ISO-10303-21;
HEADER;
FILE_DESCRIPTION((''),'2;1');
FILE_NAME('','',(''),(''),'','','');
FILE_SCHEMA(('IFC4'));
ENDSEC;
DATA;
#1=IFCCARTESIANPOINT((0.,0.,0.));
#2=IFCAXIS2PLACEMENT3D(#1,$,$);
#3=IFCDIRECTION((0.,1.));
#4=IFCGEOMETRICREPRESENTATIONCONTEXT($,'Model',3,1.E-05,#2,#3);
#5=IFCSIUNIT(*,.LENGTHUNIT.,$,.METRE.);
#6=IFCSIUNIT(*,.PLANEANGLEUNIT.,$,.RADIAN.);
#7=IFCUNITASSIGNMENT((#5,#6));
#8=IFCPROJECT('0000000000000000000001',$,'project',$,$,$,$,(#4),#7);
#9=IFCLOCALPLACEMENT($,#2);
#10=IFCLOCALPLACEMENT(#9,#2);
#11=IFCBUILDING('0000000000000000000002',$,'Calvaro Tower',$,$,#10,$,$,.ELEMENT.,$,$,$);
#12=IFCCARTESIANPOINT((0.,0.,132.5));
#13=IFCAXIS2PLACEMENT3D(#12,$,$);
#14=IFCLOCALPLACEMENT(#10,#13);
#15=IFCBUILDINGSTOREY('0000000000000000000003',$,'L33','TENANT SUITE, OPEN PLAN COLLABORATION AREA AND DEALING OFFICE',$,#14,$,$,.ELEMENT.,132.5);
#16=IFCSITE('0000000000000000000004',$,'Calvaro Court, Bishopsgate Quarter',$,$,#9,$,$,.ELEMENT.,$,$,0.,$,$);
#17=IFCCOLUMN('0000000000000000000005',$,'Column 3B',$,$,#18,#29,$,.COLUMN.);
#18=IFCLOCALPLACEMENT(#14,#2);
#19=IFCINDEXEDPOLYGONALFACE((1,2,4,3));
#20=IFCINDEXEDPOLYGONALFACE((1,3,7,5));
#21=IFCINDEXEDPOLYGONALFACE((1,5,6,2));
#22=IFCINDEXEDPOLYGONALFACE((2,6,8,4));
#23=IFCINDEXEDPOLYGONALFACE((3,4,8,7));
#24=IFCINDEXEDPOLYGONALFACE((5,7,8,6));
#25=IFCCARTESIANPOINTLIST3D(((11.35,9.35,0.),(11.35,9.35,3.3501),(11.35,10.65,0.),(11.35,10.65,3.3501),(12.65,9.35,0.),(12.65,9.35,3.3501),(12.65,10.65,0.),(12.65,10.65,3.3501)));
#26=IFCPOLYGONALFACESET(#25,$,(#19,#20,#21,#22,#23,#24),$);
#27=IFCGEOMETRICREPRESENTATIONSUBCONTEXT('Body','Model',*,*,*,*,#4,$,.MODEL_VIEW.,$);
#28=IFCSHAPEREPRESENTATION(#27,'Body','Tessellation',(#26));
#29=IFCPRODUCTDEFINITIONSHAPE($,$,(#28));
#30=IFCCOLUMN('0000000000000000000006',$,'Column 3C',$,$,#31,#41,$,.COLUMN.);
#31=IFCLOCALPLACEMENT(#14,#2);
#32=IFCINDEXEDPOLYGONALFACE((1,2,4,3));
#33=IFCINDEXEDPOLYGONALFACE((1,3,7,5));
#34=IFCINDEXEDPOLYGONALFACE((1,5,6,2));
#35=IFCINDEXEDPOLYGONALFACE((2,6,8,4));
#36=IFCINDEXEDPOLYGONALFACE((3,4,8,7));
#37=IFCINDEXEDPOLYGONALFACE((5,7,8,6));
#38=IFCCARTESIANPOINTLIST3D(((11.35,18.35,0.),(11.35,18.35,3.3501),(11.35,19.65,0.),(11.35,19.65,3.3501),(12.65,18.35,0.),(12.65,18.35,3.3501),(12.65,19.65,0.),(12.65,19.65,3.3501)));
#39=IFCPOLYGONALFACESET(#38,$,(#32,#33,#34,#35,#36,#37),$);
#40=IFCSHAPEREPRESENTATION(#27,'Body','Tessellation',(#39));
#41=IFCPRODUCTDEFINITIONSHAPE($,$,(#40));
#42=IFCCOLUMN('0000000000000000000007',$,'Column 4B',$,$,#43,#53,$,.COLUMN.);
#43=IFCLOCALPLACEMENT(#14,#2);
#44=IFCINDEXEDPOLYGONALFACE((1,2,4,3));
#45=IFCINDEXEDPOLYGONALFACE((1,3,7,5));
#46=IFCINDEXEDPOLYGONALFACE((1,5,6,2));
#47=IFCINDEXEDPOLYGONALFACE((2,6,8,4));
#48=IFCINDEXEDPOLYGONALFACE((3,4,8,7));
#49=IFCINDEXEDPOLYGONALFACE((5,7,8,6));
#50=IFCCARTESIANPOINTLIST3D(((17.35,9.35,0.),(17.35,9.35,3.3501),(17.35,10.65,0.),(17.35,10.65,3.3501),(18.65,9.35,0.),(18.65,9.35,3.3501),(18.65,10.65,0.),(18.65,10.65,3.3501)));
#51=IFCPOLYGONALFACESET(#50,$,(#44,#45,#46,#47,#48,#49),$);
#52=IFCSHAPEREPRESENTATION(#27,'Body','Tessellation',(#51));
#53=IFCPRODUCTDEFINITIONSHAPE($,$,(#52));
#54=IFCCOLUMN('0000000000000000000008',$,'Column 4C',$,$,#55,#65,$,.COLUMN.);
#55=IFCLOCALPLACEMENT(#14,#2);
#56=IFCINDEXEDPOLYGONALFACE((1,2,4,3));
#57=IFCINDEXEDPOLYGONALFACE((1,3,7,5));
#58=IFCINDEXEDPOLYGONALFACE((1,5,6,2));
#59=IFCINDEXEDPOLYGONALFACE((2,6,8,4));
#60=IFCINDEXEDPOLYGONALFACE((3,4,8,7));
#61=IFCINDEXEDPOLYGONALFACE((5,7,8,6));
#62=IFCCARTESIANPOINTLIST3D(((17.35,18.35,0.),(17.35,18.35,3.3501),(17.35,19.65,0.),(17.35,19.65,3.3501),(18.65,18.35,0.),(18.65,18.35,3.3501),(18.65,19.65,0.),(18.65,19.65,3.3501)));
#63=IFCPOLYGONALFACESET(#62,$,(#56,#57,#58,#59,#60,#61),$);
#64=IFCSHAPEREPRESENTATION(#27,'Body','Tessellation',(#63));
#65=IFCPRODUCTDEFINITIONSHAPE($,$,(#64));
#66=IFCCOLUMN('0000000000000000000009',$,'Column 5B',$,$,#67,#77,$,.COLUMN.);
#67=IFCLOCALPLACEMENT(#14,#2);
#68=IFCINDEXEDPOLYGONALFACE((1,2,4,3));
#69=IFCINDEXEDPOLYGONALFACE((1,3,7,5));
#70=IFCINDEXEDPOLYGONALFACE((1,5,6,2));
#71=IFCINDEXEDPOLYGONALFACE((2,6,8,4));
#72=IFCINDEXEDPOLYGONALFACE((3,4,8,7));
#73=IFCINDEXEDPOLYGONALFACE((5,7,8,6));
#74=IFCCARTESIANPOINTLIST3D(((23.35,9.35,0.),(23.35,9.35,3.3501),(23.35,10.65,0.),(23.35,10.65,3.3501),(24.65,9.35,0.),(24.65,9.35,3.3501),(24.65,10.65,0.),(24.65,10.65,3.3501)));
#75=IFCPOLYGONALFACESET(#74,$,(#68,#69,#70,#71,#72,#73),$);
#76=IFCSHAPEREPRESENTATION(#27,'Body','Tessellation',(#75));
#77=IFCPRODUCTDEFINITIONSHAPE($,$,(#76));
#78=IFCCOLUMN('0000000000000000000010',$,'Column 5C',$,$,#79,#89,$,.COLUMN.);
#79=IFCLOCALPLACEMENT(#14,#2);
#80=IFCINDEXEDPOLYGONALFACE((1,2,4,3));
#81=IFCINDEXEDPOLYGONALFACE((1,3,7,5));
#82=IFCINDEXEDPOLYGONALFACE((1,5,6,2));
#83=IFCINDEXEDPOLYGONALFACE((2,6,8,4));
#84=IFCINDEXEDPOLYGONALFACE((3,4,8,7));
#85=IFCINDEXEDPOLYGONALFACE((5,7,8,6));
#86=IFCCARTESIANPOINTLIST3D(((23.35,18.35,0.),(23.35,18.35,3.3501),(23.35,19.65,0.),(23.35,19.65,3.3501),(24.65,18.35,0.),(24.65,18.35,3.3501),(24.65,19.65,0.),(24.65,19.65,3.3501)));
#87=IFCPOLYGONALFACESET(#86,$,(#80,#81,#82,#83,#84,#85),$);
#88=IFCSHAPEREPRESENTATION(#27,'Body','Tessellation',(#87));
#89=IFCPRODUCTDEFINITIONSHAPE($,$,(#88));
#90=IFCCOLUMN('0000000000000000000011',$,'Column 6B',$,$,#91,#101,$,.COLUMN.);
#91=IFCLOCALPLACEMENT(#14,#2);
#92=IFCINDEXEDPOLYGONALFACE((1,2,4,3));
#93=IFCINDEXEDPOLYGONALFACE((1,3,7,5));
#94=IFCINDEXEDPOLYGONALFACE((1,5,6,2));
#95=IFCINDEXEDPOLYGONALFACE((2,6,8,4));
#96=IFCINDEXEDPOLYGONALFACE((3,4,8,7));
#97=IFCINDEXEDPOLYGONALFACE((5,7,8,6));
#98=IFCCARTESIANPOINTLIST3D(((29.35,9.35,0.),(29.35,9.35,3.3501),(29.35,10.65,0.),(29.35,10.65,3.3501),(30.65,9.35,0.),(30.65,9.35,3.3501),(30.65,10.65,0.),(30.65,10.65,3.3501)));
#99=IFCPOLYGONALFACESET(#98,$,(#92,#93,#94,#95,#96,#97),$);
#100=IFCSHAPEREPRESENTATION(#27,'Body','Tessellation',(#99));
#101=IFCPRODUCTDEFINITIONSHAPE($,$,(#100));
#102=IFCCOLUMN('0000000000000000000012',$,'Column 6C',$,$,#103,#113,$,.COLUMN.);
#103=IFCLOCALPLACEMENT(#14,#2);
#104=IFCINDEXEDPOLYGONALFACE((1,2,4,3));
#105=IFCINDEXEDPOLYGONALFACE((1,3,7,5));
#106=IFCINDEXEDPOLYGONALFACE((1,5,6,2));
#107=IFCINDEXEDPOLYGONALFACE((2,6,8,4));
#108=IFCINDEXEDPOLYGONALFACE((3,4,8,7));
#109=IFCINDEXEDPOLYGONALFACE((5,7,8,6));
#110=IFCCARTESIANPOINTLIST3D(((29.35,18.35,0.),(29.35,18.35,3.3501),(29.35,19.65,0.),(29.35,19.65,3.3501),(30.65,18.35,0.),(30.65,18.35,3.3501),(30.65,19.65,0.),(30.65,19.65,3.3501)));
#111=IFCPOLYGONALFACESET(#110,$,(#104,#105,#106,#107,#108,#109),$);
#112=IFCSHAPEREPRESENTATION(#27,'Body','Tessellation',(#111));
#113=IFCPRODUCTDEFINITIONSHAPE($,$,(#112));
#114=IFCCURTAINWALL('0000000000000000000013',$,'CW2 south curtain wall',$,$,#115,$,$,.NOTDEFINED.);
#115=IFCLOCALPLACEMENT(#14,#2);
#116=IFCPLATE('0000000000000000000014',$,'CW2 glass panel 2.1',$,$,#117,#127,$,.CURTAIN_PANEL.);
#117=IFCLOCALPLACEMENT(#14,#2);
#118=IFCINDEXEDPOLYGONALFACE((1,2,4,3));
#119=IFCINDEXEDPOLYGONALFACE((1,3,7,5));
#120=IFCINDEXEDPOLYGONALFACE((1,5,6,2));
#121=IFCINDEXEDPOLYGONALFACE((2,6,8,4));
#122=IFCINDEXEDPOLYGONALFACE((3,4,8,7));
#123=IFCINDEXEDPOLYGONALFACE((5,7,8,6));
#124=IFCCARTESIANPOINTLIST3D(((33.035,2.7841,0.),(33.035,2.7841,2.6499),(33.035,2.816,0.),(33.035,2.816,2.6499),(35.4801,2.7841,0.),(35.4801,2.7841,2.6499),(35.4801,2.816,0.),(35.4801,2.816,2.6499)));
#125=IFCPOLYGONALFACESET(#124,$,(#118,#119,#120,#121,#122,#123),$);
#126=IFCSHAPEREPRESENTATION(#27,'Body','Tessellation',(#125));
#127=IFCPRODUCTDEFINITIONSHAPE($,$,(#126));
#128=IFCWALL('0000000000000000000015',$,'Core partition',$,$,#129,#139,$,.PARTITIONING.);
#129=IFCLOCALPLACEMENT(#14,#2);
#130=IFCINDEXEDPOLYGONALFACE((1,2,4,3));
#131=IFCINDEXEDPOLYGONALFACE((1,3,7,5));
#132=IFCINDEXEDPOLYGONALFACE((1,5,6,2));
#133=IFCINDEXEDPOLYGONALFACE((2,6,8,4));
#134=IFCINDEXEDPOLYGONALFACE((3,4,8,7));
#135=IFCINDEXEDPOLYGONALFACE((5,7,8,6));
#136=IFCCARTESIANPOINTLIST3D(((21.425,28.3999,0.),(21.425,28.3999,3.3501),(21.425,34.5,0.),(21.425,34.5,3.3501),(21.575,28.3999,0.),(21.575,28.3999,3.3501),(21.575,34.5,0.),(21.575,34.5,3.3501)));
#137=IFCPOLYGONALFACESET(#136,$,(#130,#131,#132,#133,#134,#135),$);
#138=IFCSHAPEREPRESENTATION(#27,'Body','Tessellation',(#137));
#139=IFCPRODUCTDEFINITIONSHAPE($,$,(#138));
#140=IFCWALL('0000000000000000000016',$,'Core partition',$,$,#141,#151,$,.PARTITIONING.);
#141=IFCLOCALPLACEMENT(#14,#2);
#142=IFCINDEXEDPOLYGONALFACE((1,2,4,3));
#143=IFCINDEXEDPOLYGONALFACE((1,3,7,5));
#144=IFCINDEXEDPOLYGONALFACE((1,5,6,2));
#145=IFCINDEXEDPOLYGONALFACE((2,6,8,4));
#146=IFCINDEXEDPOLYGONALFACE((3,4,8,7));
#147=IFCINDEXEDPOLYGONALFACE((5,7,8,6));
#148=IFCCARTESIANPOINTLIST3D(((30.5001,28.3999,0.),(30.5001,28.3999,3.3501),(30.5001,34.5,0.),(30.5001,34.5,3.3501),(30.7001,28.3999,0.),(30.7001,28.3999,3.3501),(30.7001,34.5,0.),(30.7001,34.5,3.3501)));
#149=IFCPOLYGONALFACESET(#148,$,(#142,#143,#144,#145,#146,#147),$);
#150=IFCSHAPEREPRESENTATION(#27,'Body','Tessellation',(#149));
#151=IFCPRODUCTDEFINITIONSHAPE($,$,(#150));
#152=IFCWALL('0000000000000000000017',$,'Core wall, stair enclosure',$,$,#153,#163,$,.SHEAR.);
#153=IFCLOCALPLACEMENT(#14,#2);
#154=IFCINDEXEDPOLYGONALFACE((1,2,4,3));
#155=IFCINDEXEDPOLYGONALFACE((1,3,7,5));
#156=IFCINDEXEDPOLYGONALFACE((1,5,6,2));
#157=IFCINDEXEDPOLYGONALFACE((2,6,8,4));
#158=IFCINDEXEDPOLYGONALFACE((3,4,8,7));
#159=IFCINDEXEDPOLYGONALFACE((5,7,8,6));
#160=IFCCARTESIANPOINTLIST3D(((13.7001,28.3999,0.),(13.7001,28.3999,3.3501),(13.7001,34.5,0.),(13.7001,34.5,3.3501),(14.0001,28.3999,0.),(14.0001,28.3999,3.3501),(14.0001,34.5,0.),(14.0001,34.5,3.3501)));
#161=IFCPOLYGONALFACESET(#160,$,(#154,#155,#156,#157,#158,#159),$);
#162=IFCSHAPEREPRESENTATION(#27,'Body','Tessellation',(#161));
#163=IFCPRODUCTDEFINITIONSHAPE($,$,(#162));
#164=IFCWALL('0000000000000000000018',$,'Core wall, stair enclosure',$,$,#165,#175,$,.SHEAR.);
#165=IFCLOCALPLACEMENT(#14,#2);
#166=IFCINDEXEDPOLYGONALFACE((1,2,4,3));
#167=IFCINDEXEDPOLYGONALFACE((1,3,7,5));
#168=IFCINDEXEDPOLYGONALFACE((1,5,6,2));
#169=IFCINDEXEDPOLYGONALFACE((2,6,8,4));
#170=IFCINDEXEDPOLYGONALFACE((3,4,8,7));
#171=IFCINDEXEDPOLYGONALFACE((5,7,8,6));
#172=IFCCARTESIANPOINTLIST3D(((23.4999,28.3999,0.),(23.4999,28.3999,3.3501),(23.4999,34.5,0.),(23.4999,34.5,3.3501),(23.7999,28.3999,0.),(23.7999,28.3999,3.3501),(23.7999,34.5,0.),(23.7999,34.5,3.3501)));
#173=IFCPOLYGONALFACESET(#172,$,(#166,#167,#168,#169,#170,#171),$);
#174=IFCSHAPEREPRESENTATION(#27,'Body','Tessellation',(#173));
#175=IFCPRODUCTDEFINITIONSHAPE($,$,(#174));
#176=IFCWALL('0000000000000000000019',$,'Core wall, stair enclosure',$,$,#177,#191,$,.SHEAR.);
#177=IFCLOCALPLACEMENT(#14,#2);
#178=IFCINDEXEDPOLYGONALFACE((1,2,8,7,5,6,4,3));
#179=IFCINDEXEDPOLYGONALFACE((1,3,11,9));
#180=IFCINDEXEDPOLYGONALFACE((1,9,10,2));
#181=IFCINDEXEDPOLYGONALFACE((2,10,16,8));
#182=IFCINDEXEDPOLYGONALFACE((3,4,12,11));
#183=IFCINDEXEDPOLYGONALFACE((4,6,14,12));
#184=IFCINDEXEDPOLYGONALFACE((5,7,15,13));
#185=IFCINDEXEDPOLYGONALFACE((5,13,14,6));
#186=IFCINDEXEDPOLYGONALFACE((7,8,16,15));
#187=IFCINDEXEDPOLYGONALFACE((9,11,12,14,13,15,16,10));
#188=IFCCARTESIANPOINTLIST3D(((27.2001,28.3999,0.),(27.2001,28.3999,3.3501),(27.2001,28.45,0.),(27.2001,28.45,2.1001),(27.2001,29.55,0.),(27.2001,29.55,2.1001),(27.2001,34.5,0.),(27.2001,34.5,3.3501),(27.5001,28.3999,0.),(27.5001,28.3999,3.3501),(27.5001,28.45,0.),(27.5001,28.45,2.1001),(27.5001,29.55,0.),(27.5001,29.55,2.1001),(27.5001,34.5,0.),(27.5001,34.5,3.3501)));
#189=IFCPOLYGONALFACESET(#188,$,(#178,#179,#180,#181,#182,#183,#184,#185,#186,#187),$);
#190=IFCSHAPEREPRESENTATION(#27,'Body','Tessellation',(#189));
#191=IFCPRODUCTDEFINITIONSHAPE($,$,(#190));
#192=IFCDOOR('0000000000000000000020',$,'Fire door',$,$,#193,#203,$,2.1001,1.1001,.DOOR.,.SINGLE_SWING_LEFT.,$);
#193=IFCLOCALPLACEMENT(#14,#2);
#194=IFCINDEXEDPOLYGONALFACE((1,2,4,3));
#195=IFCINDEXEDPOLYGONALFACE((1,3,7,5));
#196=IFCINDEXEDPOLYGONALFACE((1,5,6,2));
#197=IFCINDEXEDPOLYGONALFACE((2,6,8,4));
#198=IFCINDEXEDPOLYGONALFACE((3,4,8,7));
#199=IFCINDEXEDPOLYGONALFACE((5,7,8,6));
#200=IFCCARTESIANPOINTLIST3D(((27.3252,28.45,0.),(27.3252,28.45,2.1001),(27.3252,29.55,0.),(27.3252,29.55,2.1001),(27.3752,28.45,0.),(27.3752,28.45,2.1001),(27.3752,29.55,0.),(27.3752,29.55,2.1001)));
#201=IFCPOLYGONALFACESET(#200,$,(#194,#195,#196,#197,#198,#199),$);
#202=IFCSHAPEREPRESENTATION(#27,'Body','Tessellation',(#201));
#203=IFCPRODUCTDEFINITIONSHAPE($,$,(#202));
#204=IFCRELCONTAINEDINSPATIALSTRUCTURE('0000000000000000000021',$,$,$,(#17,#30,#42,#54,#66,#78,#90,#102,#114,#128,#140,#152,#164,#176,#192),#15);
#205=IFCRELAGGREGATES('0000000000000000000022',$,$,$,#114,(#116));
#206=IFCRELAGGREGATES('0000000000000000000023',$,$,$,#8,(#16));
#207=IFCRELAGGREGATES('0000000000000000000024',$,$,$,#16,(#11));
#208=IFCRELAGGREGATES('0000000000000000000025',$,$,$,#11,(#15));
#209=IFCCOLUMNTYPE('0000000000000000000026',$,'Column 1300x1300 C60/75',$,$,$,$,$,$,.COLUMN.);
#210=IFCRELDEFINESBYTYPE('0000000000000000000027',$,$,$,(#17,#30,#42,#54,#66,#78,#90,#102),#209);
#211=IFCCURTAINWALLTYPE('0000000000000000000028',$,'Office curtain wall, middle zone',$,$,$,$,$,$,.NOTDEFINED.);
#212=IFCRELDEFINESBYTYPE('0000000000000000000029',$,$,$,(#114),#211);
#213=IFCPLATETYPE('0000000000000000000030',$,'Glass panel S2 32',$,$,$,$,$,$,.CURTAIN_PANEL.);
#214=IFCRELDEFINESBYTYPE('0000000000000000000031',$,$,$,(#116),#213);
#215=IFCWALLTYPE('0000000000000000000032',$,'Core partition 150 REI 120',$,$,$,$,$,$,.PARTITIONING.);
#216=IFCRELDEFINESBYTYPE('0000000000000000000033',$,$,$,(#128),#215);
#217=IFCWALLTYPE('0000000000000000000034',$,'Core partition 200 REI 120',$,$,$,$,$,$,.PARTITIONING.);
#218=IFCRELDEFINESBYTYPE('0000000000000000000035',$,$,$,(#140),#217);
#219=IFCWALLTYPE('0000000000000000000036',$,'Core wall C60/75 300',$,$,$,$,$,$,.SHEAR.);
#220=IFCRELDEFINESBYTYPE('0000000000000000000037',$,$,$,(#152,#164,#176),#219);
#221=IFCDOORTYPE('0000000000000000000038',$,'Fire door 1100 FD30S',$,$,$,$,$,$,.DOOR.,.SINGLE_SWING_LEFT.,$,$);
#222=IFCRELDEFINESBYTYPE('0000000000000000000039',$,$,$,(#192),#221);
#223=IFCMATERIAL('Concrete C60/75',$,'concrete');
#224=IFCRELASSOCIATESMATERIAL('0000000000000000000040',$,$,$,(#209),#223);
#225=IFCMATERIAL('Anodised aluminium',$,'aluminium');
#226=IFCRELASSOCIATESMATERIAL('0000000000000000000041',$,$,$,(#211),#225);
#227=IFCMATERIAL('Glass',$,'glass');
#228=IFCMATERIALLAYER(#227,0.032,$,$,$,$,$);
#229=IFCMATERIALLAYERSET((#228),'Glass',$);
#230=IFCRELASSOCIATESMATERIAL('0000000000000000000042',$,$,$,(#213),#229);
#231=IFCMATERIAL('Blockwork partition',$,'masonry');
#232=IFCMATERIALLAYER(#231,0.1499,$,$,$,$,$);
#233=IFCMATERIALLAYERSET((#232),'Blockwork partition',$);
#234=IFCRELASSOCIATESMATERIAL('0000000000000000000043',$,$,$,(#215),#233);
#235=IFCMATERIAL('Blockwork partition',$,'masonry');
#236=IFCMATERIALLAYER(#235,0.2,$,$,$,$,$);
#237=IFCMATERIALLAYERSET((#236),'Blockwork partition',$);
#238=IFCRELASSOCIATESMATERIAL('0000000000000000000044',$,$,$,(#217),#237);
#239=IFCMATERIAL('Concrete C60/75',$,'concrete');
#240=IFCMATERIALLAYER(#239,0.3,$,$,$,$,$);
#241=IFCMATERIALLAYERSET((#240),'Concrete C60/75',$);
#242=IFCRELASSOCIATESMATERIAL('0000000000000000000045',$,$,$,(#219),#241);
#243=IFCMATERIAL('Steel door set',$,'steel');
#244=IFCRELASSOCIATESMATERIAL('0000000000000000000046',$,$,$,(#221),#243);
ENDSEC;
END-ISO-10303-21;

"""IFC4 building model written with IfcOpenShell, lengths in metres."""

from ifc_helpers import new_model, si_unit, direction, frame, frame_2d, origin, origin_2d, place, context, subcontext, project, spatial, rectangle, extrude, material, layer, layer_set, material_profile, profile_set, type_object, element, fill, aggregate, save


model = new_model("IFC4")

# Units and contexts
model_context = context("Model", 3, precision=1e-05, world=origin(), true_north=direction((0.0, 1.0)))
body_context = subcontext(model_context, "Body", "Model", "MODEL_VIEW")
ifc_project = project(units=[si_unit("LENGTHUNIT", "METRE"), si_unit("PLANEANGLEUNIT", "RADIAN")], contexts=[model_context])

# Site, building, storey
site_placement = place(None, origin())
site = spatial("IfcSite", under=ifc_project, at=site_placement, Name="Calvaro Court, Bishopsgate Quarter", CompositionType="ELEMENT", RefElevation=0.0)
building_placement = place(site_placement, origin())
building = spatial("IfcBuilding", under=site, at=building_placement, Name="Calvaro Tower", CompositionType="ELEMENT")
storey_placement = place(building_placement, frame((0.0, 0.0, 132.5)))
storey = spatial("IfcBuildingStorey", under=building, at=storey_placement, Name="L33", Description="TENANT SUITE, OPEN PLAN COLLABORATION AREA AND DEALING OFFICE", CompositionType="ELEMENT", Elevation=132.5)

# Columns
ifc_material_1 = material(Name="Concrete C60/75", Category="concrete")
ifc_material_profile = material_profile(ifc_material_1, rectangle(XDim=1.3, YDim=1.3, at=origin_2d()), Name="RC 1300x1300")
ifc_profile_set = profile_set([ifc_material_profile], Name="Concrete C60/75")
column_type = type_object("IfcColumnType", Name="Column 1300x1300 C60/75", PredefinedType="COLUMN", material=ifc_profile_set)
for number, where, z_axis, x_axis, name in (
    (1, (12.0, 10.0, 0.0), (0.0, 0.0, 1.0), (1.0, 0.0, 0.0), "Column 3B"),
    (2, (12.0, 19.0, 0.0), (0.0, 0.0, 1.0), (1.0, 0.0, 0.0), "Column 3C"),
    (3, (18.0, 10.0, 0.0), (0.0, 0.0, 1.0), (1.0, 0.0, 0.0), "Column 4B"),
    (4, (18.0, 19.0, 0.0), (0.0, 0.0, 1.0), (1.0, 0.0, 0.0), "Column 4C"),
    (5, (24.0, 10.0, 0.0), (0.0, 0.0, 1.0), (1.0, 0.0, 0.0), "Column 5B"),
    (6, (24.0, 19.0, 0.0), (0.0, 0.0, 1.0), (1.0, 0.0, 0.0), "Column 5C"),
    (7, (30.0, 10.0, 0.0), (0.0, 0.0, 1.0), (1.0, 0.0, 0.0), "Column 6B"),
    (8, (30.0, 19.0, 0.0), (0.0, 0.0, 1.0), (1.0, 0.0, 0.0), "Column 6C"),
):
    element("IfcColumn", number, at=place(storey_placement, frame(where, z_axis=z_axis, x_axis=x_axis)), inside=storey, type_object=column_type, Name=name, PredefinedType="COLUMN", context=body_context, shape_type="SweptSolid", body=[
        extrude(rectangle(XDim=1.3, YDim=1.3, at=origin_2d()), origin(), (0.0, 0.0, 1.0), 3.3501),
    ])

# Curtain wall, plate
ifc_material_2 = material(Name="Anodised aluminium", Category="aluminium")
curtain_wall_type = type_object("IfcCurtainWallType", Name="Office curtain wall, middle zone", PredefinedType="NOTDEFINED", material=ifc_material_2)
curtain_wall_placement = place(storey_placement, origin())
curtain_wall = element("IfcCurtainWall", 9, at=curtain_wall_placement, inside=storey, type_object=curtain_wall_type, Name="CW2 south curtain wall", PredefinedType="NOTDEFINED")
ifc_material_3 = material(Name="Glass", Category="glass")
ifc_layer_1 = layer(ifc_material_3, 0.032)
ifc_layer_set_1 = layer_set([ifc_layer_1], Name="Glass")
plate_type = type_object("IfcPlateType", Name="Glass panel S2 32", PredefinedType="CURTAIN_PANEL", material=ifc_layer_set_1)
plate_placement = place(storey_placement, frame((34.2576, 2.8, 0.0), z_axis=(0.0, 0.0, 1.0), x_axis=(1.0, 0.0, 0.0)))
plate = element("IfcPlate", 10, at=plate_placement, type_object=plate_type, Name="CW2 glass panel 2.1", PredefinedType="CURTAIN_PANEL", context=body_context, shape_type="SweptSolid", body=[
    extrude(rectangle(XDim=2.4451, YDim=0.032, at=origin_2d()), origin(), (0.0, 0.0, 1.0), 2.6499),
])
aggregate(curtain_wall, [plate])

# Walls
ifc_material_4 = material(Name="Blockwork partition", Category="masonry")
ifc_layer_2 = layer(ifc_material_4, 0.1499)
ifc_layer_set_2 = layer_set([ifc_layer_2], Name="Blockwork partition")
wall_type_1 = type_object("IfcWallType", Name="Core partition 150 REI 120", PredefinedType="PARTITIONING", material=ifc_layer_set_2)
wall_1_placement = place(storey_placement, frame((21.5, 28.3999, 0.0), z_axis=(0.0, 0.0, 1.0), x_axis=(0.0, 1.0, 0.0)))
element("IfcWall", 11, at=wall_1_placement, inside=storey, type_object=wall_type_1, Name="Core partition", PredefinedType="PARTITIONING", context=body_context, shape_type="SweptSolid", body=[
    extrude(rectangle(XDim=6.1001, YDim=0.1499, at=frame_2d((3.05, 0.0))), origin(), (0.0, 0.0, 1.0), 3.3501),
])
ifc_material_5 = material(Name="Blockwork partition", Category="masonry")
ifc_layer_3 = layer(ifc_material_5, 0.2)
ifc_layer_set_3 = layer_set([ifc_layer_3], Name="Blockwork partition")
wall_type_2 = type_object("IfcWallType", Name="Core partition 200 REI 120", PredefinedType="PARTITIONING", material=ifc_layer_set_3)
wall_2_placement = place(storey_placement, frame((30.6001, 28.3999, 0.0), z_axis=(0.0, 0.0, 1.0), x_axis=(0.0, 1.0, 0.0)))
element("IfcWall", 12, at=wall_2_placement, inside=storey, type_object=wall_type_2, Name="Core partition", PredefinedType="PARTITIONING", context=body_context, shape_type="SweptSolid", body=[
    extrude(rectangle(XDim=6.1001, YDim=0.2, at=frame_2d((3.05, 0.0))), origin(), (0.0, 0.0, 1.0), 3.3501),
])
ifc_material_6 = material(Name="Concrete C60/75", Category="concrete")
ifc_layer_4 = layer(ifc_material_6, 0.3)
ifc_layer_set_4 = layer_set([ifc_layer_4], Name="Concrete C60/75")
wall_type_3 = type_object("IfcWallType", Name="Core wall C60/75 300", PredefinedType="SHEAR", material=ifc_layer_set_4)
for number, where, z_axis, x_axis, name in (
    (13, (13.8501, 28.3999, 0.0), (0.0, 0.0, 1.0), (0.0, 1.0, 0.0), "Core wall, stair enclosure"),
    (14, (23.6499, 28.3999, 0.0), (0.0, 0.0, 1.0), (0.0, 1.0, 0.0), "Core wall, stair enclosure"),
):
    element("IfcWall", number, at=place(storey_placement, frame(where, z_axis=z_axis, x_axis=x_axis)), inside=storey, type_object=wall_type_3, Name=name, PredefinedType="SHEAR", context=body_context, shape_type="SweptSolid", body=[
        extrude(rectangle(XDim=6.1001, YDim=0.3, at=frame_2d((3.05, 0.0))), origin(), (0.0, 0.0, 1.0), 3.3501),
    ])

# Wall, opening, door
wall_3_placement = place(storey_placement, frame((27.3501, 28.3999, 0.0), z_axis=(0.0, 0.0, 1.0), x_axis=(0.0, 1.0, 0.0)))
wall_3 = element("IfcWall", 15, at=wall_3_placement, inside=storey, type_object=wall_type_3, Name="Core wall, stair enclosure", PredefinedType="SHEAR", context=body_context, shape_type="SweptSolid", body=[
    extrude(rectangle(XDim=6.1001, YDim=0.3, at=frame_2d((3.05, 0.0))), origin(), (0.0, 0.0, 1.0), 3.3501),
])
opening_1_placement = place(wall_3_placement, frame((0.05, 0.0, 0.0)))
opening_1 = element("IfcOpeningElement", 16, at=opening_1_placement, cuts=wall_3, PredefinedType="OPENING", context=body_context, shape_type="SweptSolid", body=[
    extrude(rectangle(XDim=1.1001, YDim=2.1001, at=frame_2d((0.55, 1.05))), frame((0.0, 0.1599, 0.0), z_axis=(0.0, -1.0, 0.0), x_axis=(1.0, 0.0, 0.0)), (0.0, 0.0, 1.0), 0.3201),
])
ifc_material_7 = material(Name="Steel door set", Category="steel")
door_type_1 = type_object("IfcDoorType", Name="Fire door 1100 FD30S", OperationType="SINGLE_SWING_LEFT", PredefinedType="DOOR", material=ifc_material_7)
door_1_placement = place(opening_1_placement, origin())
door_1 = element("IfcDoor", 17, at=door_1_placement, inside=storey, type_object=door_type_1, Name="Fire door", OperationType="SINGLE_SWING_LEFT", OverallHeight=2.1001, OverallWidth=1.1001, PredefinedType="DOOR", context=body_context, shape_type="SweptSolid", body=[
    extrude(rectangle(XDim=1.1001, YDim=2.1001, at=frame_2d((0.55, 1.05))), frame((0.0, 0.0249, 0.0), z_axis=(0.0, -1.0, 0.0), x_axis=(1.0, 0.0, 0.0)), (0.0, 0.0, 1.0), 0.05),
])
fill(opening_1, door_1)

save(model, "model.ifc")
